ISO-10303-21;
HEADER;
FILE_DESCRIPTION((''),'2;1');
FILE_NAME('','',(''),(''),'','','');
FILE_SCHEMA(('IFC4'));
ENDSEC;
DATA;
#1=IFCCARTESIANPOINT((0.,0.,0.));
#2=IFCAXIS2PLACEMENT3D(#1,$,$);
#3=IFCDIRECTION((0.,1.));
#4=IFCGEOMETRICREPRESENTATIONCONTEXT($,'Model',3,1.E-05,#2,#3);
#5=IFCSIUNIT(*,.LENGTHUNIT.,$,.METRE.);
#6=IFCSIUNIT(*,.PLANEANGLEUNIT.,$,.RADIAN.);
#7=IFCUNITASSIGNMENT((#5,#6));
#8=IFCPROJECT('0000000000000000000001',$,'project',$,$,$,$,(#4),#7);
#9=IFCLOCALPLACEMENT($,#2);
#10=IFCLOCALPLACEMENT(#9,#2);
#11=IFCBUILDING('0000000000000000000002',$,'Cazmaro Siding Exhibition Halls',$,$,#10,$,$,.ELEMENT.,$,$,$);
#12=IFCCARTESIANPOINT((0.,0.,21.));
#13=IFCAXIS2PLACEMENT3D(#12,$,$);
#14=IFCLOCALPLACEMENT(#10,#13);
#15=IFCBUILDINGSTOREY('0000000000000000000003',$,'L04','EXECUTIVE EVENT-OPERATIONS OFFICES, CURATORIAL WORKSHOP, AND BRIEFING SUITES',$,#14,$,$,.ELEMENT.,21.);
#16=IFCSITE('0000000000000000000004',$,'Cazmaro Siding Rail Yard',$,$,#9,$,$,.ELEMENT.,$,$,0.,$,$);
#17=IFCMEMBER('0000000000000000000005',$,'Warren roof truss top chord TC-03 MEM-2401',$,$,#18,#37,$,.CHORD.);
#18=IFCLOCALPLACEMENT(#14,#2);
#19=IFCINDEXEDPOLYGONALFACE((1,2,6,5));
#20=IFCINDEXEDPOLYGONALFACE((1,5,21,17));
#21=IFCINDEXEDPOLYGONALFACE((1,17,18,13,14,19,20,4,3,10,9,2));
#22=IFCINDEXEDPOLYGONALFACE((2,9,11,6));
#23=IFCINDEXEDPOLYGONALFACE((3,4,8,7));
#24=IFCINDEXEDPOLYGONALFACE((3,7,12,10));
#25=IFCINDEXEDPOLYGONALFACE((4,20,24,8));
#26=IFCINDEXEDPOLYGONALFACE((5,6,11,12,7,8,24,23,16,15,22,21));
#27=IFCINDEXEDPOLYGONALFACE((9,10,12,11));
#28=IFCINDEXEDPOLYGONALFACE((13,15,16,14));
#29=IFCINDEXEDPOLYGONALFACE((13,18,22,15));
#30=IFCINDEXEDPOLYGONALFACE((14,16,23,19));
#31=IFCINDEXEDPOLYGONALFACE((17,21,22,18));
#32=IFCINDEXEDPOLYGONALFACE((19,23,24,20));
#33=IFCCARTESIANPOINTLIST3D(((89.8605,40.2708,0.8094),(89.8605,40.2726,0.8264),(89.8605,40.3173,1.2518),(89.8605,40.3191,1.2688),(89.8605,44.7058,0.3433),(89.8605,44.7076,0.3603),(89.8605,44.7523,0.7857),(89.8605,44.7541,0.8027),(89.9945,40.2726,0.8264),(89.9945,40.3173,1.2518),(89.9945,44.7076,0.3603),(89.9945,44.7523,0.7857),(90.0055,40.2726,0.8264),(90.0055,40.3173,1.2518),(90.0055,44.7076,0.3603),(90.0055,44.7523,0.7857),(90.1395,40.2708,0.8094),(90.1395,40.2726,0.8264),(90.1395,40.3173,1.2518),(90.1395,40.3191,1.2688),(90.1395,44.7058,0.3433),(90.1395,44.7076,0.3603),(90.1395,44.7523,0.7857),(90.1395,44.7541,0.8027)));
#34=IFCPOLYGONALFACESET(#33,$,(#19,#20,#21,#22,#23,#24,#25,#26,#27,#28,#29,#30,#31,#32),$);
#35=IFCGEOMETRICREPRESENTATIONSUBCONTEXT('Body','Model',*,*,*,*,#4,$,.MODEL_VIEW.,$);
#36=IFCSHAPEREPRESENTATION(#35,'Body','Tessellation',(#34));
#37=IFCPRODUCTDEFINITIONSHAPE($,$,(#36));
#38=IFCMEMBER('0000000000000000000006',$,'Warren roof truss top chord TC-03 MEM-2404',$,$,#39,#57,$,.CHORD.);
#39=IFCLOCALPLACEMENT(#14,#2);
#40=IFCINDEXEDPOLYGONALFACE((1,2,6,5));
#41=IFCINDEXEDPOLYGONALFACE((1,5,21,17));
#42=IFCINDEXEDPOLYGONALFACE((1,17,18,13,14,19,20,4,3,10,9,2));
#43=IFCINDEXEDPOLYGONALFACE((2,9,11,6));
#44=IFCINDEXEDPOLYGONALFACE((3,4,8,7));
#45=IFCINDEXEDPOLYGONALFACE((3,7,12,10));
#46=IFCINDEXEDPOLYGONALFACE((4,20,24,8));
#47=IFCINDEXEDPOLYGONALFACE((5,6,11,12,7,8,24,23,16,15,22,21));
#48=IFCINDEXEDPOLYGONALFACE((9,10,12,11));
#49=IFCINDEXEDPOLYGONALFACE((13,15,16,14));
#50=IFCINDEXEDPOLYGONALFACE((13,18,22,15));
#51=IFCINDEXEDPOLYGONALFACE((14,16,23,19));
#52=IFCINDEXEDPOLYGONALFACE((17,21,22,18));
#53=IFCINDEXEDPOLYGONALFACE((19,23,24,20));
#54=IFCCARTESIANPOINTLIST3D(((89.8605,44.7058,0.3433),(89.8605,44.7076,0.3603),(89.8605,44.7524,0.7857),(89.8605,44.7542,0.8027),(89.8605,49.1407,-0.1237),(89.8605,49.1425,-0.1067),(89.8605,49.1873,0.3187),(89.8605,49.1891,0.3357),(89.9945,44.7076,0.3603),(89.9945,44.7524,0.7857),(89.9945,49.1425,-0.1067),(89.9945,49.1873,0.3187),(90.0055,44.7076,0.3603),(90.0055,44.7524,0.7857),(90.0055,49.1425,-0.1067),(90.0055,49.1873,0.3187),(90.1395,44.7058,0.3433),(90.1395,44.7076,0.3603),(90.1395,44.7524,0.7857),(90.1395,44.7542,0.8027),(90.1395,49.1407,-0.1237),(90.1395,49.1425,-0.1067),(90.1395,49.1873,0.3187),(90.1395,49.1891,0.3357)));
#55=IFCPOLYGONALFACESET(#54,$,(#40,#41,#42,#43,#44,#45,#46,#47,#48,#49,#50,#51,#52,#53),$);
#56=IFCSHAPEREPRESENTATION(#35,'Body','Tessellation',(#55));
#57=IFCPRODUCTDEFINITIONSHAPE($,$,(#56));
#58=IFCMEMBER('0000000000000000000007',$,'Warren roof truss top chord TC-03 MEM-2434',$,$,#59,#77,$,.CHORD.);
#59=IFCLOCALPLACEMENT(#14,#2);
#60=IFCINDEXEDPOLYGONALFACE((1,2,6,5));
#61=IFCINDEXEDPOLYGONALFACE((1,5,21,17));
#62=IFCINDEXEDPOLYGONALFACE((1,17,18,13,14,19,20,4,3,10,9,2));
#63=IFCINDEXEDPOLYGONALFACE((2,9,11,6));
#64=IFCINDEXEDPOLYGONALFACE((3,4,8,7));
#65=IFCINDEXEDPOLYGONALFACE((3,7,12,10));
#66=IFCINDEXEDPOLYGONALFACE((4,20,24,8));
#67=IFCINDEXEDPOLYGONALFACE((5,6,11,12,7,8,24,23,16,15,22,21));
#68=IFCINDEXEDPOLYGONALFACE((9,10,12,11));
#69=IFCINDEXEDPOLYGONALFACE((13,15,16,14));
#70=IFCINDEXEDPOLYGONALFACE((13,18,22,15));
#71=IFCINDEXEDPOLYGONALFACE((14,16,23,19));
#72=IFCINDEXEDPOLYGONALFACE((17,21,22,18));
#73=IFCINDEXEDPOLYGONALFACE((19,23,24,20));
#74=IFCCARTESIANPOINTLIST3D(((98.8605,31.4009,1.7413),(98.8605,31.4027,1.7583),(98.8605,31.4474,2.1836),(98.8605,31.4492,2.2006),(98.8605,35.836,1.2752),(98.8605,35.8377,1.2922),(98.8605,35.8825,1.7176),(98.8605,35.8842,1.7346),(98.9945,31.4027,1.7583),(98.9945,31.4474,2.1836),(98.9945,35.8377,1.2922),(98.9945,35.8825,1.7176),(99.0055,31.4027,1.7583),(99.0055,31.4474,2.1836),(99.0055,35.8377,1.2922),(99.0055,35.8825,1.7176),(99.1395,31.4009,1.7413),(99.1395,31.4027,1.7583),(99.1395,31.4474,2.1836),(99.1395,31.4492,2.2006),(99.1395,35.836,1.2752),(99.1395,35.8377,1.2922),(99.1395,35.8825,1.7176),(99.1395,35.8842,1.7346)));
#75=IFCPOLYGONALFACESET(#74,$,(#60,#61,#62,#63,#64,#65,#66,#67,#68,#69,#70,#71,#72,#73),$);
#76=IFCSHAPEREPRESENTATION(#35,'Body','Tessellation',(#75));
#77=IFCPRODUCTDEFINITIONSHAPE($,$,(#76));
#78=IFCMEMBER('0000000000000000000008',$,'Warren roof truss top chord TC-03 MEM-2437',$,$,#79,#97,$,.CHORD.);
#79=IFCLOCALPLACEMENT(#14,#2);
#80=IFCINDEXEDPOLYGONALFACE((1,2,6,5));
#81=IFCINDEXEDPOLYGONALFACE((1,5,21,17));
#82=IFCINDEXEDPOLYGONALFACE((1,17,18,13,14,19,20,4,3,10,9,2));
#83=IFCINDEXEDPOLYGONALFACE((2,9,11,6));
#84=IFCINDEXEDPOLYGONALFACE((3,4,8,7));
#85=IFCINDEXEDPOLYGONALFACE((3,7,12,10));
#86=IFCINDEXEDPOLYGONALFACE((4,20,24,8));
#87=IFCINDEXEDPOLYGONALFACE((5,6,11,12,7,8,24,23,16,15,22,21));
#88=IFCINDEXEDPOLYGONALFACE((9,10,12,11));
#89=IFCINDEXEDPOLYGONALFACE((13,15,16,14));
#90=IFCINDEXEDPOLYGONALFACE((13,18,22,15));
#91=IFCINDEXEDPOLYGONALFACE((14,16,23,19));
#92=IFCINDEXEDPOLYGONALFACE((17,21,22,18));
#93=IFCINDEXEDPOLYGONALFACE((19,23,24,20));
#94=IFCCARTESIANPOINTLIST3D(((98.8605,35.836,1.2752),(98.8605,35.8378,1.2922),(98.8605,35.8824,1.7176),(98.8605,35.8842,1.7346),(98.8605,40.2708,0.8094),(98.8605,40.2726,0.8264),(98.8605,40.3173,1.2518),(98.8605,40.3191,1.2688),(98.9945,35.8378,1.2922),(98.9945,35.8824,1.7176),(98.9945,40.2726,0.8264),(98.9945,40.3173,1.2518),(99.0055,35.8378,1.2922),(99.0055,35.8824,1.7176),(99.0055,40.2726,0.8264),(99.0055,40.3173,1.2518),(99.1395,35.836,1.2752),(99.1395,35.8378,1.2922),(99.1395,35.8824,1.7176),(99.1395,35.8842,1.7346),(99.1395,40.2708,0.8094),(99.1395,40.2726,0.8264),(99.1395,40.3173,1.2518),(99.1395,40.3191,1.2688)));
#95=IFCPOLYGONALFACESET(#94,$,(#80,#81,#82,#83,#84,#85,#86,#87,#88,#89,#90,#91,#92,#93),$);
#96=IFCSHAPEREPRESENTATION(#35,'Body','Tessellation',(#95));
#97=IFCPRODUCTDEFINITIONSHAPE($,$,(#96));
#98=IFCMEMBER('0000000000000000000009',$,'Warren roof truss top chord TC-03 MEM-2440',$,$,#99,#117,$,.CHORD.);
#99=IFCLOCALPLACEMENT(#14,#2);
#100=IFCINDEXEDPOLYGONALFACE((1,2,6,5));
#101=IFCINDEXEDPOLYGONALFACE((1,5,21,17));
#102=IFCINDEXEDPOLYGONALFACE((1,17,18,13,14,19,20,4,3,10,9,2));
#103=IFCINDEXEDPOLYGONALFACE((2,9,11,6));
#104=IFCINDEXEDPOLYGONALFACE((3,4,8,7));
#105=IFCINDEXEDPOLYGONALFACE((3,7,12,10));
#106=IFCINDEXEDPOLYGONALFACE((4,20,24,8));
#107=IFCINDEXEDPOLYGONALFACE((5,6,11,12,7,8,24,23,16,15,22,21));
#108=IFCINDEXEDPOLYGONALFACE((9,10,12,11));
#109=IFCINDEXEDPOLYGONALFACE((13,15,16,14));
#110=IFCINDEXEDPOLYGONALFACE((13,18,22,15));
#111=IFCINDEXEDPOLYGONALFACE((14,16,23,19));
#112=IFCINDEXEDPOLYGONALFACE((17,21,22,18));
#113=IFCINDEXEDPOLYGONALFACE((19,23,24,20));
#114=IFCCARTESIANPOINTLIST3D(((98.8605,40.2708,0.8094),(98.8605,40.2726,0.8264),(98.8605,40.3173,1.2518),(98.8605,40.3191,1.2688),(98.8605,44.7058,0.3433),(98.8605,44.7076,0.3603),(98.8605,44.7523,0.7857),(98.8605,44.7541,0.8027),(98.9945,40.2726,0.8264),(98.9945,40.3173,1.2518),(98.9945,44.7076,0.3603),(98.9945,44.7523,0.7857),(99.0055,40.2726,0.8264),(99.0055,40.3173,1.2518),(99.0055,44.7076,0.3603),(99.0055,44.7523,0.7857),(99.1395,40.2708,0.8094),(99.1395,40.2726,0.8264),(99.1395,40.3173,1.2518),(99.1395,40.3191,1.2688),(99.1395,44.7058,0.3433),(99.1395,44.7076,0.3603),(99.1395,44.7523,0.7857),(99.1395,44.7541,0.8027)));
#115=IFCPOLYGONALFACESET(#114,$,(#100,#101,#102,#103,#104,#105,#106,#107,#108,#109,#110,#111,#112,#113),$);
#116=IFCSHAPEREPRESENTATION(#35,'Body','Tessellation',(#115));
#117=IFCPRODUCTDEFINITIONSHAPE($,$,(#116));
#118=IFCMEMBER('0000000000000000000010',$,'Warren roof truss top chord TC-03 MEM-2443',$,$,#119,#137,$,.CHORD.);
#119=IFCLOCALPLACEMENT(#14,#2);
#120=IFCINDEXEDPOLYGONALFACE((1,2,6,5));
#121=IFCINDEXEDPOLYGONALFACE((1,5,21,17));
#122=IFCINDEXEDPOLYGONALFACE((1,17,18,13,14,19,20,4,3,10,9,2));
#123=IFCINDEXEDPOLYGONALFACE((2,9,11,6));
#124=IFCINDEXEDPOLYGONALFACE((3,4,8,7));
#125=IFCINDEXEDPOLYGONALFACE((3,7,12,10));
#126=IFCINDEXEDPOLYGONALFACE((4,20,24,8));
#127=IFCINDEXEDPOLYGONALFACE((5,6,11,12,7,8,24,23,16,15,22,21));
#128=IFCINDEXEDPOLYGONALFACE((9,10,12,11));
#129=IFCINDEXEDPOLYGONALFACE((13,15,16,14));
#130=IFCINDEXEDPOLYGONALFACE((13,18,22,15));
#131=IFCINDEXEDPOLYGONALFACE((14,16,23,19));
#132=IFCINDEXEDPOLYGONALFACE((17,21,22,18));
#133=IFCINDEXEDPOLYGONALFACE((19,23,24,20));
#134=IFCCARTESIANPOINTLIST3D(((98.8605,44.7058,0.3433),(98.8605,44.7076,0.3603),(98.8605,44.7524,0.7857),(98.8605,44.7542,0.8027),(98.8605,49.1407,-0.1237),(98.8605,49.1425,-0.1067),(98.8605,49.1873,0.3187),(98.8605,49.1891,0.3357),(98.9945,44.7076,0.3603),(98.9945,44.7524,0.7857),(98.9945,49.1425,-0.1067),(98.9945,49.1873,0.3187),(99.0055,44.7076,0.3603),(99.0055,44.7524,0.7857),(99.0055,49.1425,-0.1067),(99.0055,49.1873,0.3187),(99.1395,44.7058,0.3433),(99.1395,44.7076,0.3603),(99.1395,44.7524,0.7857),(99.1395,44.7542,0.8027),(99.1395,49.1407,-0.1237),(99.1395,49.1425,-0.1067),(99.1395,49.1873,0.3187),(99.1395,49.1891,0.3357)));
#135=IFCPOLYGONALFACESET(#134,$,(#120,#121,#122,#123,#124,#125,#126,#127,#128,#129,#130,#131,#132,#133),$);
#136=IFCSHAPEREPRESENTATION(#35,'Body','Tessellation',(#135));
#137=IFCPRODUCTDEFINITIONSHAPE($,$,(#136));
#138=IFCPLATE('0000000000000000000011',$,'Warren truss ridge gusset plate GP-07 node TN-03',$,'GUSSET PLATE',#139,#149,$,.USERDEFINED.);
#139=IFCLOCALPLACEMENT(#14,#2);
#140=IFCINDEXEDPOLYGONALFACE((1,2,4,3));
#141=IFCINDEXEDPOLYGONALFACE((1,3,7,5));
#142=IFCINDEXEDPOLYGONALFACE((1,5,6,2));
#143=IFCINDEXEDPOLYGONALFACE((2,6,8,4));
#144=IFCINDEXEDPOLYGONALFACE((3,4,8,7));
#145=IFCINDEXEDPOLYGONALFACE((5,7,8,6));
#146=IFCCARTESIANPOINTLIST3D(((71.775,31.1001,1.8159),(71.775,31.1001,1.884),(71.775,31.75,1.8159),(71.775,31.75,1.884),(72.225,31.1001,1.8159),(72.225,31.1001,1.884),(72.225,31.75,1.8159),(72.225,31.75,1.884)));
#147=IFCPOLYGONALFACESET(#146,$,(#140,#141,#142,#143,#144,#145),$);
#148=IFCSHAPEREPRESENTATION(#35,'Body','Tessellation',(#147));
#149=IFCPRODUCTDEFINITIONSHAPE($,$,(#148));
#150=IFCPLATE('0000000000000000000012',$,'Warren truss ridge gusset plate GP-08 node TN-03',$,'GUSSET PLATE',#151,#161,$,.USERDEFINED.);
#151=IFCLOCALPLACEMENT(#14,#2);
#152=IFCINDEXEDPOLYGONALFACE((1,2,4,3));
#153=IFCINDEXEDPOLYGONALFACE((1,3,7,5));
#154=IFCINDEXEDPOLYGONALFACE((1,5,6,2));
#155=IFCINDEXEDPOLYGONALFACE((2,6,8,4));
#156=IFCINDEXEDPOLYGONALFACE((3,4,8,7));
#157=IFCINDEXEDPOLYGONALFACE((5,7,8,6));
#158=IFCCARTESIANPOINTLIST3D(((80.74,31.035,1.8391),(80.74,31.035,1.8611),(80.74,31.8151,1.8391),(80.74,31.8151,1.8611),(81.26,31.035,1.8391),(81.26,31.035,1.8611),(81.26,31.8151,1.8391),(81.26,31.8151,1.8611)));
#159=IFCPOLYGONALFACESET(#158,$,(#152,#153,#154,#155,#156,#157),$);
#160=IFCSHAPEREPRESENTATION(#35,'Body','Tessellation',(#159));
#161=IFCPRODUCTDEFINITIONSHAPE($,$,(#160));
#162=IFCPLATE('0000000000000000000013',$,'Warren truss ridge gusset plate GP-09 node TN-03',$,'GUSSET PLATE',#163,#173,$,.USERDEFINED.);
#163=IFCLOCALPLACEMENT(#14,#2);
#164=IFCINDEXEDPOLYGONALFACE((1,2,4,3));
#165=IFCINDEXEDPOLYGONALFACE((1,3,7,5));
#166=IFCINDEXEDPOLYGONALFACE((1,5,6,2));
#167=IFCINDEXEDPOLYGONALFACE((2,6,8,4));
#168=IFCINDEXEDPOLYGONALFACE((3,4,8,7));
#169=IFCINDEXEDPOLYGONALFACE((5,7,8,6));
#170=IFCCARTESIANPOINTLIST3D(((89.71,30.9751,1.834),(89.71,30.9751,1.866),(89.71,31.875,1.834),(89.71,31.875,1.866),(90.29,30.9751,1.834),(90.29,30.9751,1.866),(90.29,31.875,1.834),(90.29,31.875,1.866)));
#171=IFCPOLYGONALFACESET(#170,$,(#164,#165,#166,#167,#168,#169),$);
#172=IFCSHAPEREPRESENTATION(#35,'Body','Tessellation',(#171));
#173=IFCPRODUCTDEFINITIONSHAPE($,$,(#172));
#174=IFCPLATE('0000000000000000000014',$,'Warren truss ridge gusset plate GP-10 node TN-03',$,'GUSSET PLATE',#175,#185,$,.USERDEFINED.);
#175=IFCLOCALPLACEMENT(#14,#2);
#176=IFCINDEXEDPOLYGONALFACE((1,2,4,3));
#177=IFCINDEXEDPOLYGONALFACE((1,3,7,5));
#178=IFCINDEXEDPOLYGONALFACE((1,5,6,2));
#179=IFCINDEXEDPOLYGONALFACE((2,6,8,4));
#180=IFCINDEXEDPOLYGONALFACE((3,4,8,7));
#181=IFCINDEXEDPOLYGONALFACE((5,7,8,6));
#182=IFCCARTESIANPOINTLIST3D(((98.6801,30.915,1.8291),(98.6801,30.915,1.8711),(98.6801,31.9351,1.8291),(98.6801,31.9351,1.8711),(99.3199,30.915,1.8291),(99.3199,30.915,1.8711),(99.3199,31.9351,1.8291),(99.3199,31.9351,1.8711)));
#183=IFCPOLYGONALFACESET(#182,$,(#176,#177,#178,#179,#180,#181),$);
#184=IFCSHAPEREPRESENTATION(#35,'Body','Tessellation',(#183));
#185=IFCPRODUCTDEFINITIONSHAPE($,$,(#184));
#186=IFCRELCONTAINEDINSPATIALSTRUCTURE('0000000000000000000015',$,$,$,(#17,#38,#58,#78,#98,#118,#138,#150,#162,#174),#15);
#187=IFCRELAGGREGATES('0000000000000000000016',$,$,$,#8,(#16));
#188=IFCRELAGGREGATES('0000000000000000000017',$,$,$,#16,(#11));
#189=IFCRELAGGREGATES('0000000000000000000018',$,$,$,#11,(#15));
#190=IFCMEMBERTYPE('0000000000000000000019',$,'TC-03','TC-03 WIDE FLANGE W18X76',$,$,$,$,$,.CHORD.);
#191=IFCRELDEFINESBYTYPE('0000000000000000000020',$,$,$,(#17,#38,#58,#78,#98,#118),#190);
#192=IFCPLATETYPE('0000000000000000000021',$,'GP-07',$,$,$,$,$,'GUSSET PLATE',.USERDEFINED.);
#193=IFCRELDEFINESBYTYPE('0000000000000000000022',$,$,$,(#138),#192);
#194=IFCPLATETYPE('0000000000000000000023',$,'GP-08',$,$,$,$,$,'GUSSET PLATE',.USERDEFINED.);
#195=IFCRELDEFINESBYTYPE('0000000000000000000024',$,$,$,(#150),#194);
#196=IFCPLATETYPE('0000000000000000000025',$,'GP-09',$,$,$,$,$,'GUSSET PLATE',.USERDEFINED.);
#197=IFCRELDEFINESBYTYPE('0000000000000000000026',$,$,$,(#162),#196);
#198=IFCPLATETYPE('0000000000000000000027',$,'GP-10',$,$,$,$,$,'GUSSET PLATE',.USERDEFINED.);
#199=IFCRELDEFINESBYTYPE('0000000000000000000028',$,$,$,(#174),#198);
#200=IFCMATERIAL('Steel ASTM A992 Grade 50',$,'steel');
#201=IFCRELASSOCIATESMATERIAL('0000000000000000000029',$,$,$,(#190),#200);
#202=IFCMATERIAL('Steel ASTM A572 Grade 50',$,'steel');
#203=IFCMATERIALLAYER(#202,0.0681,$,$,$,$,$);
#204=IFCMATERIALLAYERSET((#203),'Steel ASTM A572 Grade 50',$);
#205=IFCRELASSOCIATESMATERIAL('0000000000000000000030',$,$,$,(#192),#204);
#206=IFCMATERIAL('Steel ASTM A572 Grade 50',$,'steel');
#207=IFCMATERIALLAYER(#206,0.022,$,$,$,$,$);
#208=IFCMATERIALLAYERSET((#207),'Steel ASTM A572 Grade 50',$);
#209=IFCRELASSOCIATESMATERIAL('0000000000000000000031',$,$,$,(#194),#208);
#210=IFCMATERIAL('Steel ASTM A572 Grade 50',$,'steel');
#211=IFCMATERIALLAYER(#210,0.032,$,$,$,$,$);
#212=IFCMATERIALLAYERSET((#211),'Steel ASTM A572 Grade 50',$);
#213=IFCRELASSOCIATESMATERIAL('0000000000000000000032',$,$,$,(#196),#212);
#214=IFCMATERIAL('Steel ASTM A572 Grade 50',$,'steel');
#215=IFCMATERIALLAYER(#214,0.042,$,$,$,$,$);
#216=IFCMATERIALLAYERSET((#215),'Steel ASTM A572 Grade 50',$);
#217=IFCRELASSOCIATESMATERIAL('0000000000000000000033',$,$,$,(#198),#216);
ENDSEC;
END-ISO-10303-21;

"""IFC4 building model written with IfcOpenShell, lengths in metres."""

from ifc_helpers import new_model, si_unit, direction, frame, origin, origin_2d, place, context, subcontext, project, spatial, rectangle, i_section, extrude, material, layer, layer_set, material_profile, profile_set, type_object, element, save


model = new_model("IFC4")

# Units and contexts
model_context = context("Model", 3, precision=1e-05, world=origin(), true_north=direction((0.0, 1.0)))
body_context = subcontext(model_context, "Body", "Model", "MODEL_VIEW")
ifc_project = project(units=[si_unit("LENGTHUNIT", "METRE"), si_unit("PLANEANGLEUNIT", "RADIAN")], contexts=[model_context])

# Site, building, storey
site_placement = place(None, origin())
site = spatial("IfcSite", under=ifc_project, at=site_placement, Name="Cazmaro Siding Rail Yard", CompositionType="ELEMENT", RefElevation=0.0)
building_placement = place(site_placement, origin())
building = spatial("IfcBuilding", under=site, at=building_placement, Name="Cazmaro Siding Exhibition Halls", CompositionType="ELEMENT")
storey_placement = place(building_placement, frame((0.0, 0.0, 21.0)))
storey = spatial("IfcBuildingStorey", under=building, at=storey_placement, Name="L04", Description="EXECUTIVE EVENT-OPERATIONS OFFICES, CURATORIAL WORKSHOP, AND BRIEFING SUITES", CompositionType="ELEMENT", Elevation=21.0)

# Members
ifc_material_1 = material(Name="Steel ASTM A992 Grade 50", Category="steel")
ifc_material_profile_1 = material_profile(ifc_material_1, i_section(OverallWidth=0.2791, OverallDepth=0.4619, WebThickness=0.011, FlangeThickness=0.0171, at=origin_2d()), Name="W18X76")
ifc_profile_set_1 = profile_set([ifc_material_profile_1], Name="Steel ASTM A992 Grade 50")
member_type_1 = type_object("IfcMemberType", Name="TC-03", Description="TC-03 WIDE FLANGE W18X76", PredefinedType="CHORD", material=ifc_profile_set_1)
for number, where, z_axis, x_axis, name in (
    (1, (90.0, 40.2949, 1.0391), (0.0, 0.994524, -0.104511), (-1.0, 0.0, 0.0), "Warren roof truss top chord TC-03 MEM-2401"),
    (2, (90.0, 44.73, 0.573), (0.0, 0.994501, -0.104728), (-1.0, 0.0, 0.0), "Warren roof truss top chord TC-03 MEM-2404"),
    (3, (99.0, 31.425, 1.9709), (0.0, 0.994524, -0.104511), (-1.0, 0.0, 0.0), "Warren roof truss top chord TC-03 MEM-2434"),
):
    element("IfcMember", number, at=place(storey_placement, frame(where, z_axis=z_axis, x_axis=x_axis)), inside=storey, type_object=member_type_1, Name=name, PredefinedType="CHORD", context=body_context, shape_type="SweptSolid", body=[
        extrude(i_section(OverallWidth=0.2791, OverallDepth=0.4619, WebThickness=0.011, FlangeThickness=0.0171, at=origin_2d()), origin(), (0.0, 0.0, 1.0), 4.4595),
    ])
member_1_placement = place(storey_placement, frame((99.0, 35.8601, 1.5049), z_axis=(0.0, 0.994529, -0.104462), x_axis=(-1.0, 0.0, 0.0)))
element("IfcMember", 4, at=member_1_placement, inside=storey, type_object=member_type_1, Name="Warren roof truss top chord TC-03 MEM-2437", PredefinedType="CHORD", context=body_context, shape_type="SweptSolid", body=[
    extrude(i_section(OverallWidth=0.2791, OverallDepth=0.4619, WebThickness=0.011, FlangeThickness=0.0171, at=origin_2d()), origin(), (0.0, 0.0, 1.0), 4.4592),
])
for number, where, z_axis, x_axis, name in (
    (5, (99.0, 40.2949, 1.0391), (0.0, 0.994524, -0.104511), (-1.0, 0.0, 0.0), "Warren roof truss top chord TC-03 MEM-2440"),
    (6, (99.0, 44.73, 0.573), (0.0, 0.994501, -0.104728), (-1.0, 0.0, 0.0), "Warren roof truss top chord TC-03 MEM-2443"),
):
    element("IfcMember", number, at=place(storey_placement, frame(where, z_axis=z_axis, x_axis=x_axis)), inside=storey, type_object=member_type_1, Name=name, PredefinedType="CHORD", context=body_context, shape_type="SweptSolid", body=[
        extrude(i_section(OverallWidth=0.2791, OverallDepth=0.4619, WebThickness=0.011, FlangeThickness=0.0171, at=origin_2d()), origin(), (0.0, 0.0, 1.0), 4.4595),
    ])

# Plates
ifc_material_2 = material(Name="Steel ASTM A572 Grade 50", Category="steel")
ifc_layer_1 = layer(ifc_material_2, 0.0681)
ifc_layer_set_1 = layer_set([ifc_layer_1], Name="Steel ASTM A572 Grade 50")
plate_type_1 = type_object("IfcPlateType", Name="GP-07", ElementType="GUSSET PLATE", PredefinedType="USERDEFINED", material=ifc_layer_set_1)
plate_1_placement = place(storey_placement, frame((72.0, 31.425, 1.8159), z_axis=(0.0, 0.0, 1.0), x_axis=(0.0, 1.0, 0.0)))
element("IfcPlate", 7, at=plate_1_placement, inside=storey, type_object=plate_type_1, Name="Warren truss ridge gusset plate GP-07 node TN-03", ObjectType="GUSSET PLATE", PredefinedType="USERDEFINED", context=body_context, shape_type="SweptSolid", body=[
    extrude(rectangle(XDim=0.6499, YDim=0.45, at=origin_2d()), origin(), (0.0, 0.0, 1.0), 0.0681),
])
ifc_material_3 = material(Name="Steel ASTM A572 Grade 50", Category="steel")
ifc_layer_2 = layer(ifc_material_3, 0.022)
ifc_layer_set_2 = layer_set([ifc_layer_2], Name="Steel ASTM A572 Grade 50")
plate_type_2 = type_object("IfcPlateType", Name="GP-08", ElementType="GUSSET PLATE", PredefinedType="USERDEFINED", material=ifc_layer_set_2)
plate_2_placement = place(storey_placement, frame((81.0, 31.425, 1.8391), z_axis=(0.0, 0.0, 1.0), x_axis=(0.0, 1.0, 0.0)))
element("IfcPlate", 8, at=plate_2_placement, inside=storey, type_object=plate_type_2, Name="Warren truss ridge gusset plate GP-08 node TN-03", ObjectType="GUSSET PLATE", PredefinedType="USERDEFINED", context=body_context, shape_type="SweptSolid", body=[
    extrude(rectangle(XDim=0.78, YDim=0.52, at=origin_2d()), origin(), (0.0, 0.0, 1.0), 0.022),
])
ifc_material_4 = material(Name="Steel ASTM A572 Grade 50", Category="steel")
ifc_layer_3 = layer(ifc_material_4, 0.032)
ifc_layer_set_3 = layer_set([ifc_layer_3], Name="Steel ASTM A572 Grade 50")
plate_type_3 = type_object("IfcPlateType", Name="GP-09", ElementType="GUSSET PLATE", PredefinedType="USERDEFINED", material=ifc_layer_set_3)
plate_3_placement = place(storey_placement, frame((90.0, 31.425, 1.834), z_axis=(0.0, 0.0, 1.0), x_axis=(0.0, 1.0, 0.0)))
element("IfcPlate", 9, at=plate_3_placement, inside=storey, type_object=plate_type_3, Name="Warren truss ridge gusset plate GP-09 node TN-03", ObjectType="GUSSET PLATE", PredefinedType="USERDEFINED", context=body_context, shape_type="SweptSolid", body=[
    extrude(rectangle(XDim=0.8999, YDim=0.5801, at=origin_2d()), origin(), (0.0, 0.0, 1.0), 0.032),
])
ifc_material_5 = material(Name="Steel ASTM A572 Grade 50", Category="steel")
ifc_layer_4 = layer(ifc_material_5, 0.042)
ifc_layer_set_4 = layer_set([ifc_layer_4], Name="Steel ASTM A572 Grade 50")
plate_type_4 = type_object("IfcPlateType", Name="GP-10", ElementType="GUSSET PLATE", PredefinedType="USERDEFINED", material=ifc_layer_set_4)
plate_4_placement = place(storey_placement, frame((99.0, 31.425, 1.8291), z_axis=(0.0, 0.0, 1.0), x_axis=(0.0, 1.0, 0.0)))
element("IfcPlate", 10, at=plate_4_placement, inside=storey, type_object=plate_type_4, Name="Warren truss ridge gusset plate GP-10 node TN-03", ObjectType="GUSSET PLATE", PredefinedType="USERDEFINED", context=body_context, shape_type="SweptSolid", body=[
    extrude(rectangle(XDim=1.02, YDim=0.6399, at=origin_2d()), origin(), (0.0, 0.0, 1.0), 0.042),
])

save(model, "model.ifc")
